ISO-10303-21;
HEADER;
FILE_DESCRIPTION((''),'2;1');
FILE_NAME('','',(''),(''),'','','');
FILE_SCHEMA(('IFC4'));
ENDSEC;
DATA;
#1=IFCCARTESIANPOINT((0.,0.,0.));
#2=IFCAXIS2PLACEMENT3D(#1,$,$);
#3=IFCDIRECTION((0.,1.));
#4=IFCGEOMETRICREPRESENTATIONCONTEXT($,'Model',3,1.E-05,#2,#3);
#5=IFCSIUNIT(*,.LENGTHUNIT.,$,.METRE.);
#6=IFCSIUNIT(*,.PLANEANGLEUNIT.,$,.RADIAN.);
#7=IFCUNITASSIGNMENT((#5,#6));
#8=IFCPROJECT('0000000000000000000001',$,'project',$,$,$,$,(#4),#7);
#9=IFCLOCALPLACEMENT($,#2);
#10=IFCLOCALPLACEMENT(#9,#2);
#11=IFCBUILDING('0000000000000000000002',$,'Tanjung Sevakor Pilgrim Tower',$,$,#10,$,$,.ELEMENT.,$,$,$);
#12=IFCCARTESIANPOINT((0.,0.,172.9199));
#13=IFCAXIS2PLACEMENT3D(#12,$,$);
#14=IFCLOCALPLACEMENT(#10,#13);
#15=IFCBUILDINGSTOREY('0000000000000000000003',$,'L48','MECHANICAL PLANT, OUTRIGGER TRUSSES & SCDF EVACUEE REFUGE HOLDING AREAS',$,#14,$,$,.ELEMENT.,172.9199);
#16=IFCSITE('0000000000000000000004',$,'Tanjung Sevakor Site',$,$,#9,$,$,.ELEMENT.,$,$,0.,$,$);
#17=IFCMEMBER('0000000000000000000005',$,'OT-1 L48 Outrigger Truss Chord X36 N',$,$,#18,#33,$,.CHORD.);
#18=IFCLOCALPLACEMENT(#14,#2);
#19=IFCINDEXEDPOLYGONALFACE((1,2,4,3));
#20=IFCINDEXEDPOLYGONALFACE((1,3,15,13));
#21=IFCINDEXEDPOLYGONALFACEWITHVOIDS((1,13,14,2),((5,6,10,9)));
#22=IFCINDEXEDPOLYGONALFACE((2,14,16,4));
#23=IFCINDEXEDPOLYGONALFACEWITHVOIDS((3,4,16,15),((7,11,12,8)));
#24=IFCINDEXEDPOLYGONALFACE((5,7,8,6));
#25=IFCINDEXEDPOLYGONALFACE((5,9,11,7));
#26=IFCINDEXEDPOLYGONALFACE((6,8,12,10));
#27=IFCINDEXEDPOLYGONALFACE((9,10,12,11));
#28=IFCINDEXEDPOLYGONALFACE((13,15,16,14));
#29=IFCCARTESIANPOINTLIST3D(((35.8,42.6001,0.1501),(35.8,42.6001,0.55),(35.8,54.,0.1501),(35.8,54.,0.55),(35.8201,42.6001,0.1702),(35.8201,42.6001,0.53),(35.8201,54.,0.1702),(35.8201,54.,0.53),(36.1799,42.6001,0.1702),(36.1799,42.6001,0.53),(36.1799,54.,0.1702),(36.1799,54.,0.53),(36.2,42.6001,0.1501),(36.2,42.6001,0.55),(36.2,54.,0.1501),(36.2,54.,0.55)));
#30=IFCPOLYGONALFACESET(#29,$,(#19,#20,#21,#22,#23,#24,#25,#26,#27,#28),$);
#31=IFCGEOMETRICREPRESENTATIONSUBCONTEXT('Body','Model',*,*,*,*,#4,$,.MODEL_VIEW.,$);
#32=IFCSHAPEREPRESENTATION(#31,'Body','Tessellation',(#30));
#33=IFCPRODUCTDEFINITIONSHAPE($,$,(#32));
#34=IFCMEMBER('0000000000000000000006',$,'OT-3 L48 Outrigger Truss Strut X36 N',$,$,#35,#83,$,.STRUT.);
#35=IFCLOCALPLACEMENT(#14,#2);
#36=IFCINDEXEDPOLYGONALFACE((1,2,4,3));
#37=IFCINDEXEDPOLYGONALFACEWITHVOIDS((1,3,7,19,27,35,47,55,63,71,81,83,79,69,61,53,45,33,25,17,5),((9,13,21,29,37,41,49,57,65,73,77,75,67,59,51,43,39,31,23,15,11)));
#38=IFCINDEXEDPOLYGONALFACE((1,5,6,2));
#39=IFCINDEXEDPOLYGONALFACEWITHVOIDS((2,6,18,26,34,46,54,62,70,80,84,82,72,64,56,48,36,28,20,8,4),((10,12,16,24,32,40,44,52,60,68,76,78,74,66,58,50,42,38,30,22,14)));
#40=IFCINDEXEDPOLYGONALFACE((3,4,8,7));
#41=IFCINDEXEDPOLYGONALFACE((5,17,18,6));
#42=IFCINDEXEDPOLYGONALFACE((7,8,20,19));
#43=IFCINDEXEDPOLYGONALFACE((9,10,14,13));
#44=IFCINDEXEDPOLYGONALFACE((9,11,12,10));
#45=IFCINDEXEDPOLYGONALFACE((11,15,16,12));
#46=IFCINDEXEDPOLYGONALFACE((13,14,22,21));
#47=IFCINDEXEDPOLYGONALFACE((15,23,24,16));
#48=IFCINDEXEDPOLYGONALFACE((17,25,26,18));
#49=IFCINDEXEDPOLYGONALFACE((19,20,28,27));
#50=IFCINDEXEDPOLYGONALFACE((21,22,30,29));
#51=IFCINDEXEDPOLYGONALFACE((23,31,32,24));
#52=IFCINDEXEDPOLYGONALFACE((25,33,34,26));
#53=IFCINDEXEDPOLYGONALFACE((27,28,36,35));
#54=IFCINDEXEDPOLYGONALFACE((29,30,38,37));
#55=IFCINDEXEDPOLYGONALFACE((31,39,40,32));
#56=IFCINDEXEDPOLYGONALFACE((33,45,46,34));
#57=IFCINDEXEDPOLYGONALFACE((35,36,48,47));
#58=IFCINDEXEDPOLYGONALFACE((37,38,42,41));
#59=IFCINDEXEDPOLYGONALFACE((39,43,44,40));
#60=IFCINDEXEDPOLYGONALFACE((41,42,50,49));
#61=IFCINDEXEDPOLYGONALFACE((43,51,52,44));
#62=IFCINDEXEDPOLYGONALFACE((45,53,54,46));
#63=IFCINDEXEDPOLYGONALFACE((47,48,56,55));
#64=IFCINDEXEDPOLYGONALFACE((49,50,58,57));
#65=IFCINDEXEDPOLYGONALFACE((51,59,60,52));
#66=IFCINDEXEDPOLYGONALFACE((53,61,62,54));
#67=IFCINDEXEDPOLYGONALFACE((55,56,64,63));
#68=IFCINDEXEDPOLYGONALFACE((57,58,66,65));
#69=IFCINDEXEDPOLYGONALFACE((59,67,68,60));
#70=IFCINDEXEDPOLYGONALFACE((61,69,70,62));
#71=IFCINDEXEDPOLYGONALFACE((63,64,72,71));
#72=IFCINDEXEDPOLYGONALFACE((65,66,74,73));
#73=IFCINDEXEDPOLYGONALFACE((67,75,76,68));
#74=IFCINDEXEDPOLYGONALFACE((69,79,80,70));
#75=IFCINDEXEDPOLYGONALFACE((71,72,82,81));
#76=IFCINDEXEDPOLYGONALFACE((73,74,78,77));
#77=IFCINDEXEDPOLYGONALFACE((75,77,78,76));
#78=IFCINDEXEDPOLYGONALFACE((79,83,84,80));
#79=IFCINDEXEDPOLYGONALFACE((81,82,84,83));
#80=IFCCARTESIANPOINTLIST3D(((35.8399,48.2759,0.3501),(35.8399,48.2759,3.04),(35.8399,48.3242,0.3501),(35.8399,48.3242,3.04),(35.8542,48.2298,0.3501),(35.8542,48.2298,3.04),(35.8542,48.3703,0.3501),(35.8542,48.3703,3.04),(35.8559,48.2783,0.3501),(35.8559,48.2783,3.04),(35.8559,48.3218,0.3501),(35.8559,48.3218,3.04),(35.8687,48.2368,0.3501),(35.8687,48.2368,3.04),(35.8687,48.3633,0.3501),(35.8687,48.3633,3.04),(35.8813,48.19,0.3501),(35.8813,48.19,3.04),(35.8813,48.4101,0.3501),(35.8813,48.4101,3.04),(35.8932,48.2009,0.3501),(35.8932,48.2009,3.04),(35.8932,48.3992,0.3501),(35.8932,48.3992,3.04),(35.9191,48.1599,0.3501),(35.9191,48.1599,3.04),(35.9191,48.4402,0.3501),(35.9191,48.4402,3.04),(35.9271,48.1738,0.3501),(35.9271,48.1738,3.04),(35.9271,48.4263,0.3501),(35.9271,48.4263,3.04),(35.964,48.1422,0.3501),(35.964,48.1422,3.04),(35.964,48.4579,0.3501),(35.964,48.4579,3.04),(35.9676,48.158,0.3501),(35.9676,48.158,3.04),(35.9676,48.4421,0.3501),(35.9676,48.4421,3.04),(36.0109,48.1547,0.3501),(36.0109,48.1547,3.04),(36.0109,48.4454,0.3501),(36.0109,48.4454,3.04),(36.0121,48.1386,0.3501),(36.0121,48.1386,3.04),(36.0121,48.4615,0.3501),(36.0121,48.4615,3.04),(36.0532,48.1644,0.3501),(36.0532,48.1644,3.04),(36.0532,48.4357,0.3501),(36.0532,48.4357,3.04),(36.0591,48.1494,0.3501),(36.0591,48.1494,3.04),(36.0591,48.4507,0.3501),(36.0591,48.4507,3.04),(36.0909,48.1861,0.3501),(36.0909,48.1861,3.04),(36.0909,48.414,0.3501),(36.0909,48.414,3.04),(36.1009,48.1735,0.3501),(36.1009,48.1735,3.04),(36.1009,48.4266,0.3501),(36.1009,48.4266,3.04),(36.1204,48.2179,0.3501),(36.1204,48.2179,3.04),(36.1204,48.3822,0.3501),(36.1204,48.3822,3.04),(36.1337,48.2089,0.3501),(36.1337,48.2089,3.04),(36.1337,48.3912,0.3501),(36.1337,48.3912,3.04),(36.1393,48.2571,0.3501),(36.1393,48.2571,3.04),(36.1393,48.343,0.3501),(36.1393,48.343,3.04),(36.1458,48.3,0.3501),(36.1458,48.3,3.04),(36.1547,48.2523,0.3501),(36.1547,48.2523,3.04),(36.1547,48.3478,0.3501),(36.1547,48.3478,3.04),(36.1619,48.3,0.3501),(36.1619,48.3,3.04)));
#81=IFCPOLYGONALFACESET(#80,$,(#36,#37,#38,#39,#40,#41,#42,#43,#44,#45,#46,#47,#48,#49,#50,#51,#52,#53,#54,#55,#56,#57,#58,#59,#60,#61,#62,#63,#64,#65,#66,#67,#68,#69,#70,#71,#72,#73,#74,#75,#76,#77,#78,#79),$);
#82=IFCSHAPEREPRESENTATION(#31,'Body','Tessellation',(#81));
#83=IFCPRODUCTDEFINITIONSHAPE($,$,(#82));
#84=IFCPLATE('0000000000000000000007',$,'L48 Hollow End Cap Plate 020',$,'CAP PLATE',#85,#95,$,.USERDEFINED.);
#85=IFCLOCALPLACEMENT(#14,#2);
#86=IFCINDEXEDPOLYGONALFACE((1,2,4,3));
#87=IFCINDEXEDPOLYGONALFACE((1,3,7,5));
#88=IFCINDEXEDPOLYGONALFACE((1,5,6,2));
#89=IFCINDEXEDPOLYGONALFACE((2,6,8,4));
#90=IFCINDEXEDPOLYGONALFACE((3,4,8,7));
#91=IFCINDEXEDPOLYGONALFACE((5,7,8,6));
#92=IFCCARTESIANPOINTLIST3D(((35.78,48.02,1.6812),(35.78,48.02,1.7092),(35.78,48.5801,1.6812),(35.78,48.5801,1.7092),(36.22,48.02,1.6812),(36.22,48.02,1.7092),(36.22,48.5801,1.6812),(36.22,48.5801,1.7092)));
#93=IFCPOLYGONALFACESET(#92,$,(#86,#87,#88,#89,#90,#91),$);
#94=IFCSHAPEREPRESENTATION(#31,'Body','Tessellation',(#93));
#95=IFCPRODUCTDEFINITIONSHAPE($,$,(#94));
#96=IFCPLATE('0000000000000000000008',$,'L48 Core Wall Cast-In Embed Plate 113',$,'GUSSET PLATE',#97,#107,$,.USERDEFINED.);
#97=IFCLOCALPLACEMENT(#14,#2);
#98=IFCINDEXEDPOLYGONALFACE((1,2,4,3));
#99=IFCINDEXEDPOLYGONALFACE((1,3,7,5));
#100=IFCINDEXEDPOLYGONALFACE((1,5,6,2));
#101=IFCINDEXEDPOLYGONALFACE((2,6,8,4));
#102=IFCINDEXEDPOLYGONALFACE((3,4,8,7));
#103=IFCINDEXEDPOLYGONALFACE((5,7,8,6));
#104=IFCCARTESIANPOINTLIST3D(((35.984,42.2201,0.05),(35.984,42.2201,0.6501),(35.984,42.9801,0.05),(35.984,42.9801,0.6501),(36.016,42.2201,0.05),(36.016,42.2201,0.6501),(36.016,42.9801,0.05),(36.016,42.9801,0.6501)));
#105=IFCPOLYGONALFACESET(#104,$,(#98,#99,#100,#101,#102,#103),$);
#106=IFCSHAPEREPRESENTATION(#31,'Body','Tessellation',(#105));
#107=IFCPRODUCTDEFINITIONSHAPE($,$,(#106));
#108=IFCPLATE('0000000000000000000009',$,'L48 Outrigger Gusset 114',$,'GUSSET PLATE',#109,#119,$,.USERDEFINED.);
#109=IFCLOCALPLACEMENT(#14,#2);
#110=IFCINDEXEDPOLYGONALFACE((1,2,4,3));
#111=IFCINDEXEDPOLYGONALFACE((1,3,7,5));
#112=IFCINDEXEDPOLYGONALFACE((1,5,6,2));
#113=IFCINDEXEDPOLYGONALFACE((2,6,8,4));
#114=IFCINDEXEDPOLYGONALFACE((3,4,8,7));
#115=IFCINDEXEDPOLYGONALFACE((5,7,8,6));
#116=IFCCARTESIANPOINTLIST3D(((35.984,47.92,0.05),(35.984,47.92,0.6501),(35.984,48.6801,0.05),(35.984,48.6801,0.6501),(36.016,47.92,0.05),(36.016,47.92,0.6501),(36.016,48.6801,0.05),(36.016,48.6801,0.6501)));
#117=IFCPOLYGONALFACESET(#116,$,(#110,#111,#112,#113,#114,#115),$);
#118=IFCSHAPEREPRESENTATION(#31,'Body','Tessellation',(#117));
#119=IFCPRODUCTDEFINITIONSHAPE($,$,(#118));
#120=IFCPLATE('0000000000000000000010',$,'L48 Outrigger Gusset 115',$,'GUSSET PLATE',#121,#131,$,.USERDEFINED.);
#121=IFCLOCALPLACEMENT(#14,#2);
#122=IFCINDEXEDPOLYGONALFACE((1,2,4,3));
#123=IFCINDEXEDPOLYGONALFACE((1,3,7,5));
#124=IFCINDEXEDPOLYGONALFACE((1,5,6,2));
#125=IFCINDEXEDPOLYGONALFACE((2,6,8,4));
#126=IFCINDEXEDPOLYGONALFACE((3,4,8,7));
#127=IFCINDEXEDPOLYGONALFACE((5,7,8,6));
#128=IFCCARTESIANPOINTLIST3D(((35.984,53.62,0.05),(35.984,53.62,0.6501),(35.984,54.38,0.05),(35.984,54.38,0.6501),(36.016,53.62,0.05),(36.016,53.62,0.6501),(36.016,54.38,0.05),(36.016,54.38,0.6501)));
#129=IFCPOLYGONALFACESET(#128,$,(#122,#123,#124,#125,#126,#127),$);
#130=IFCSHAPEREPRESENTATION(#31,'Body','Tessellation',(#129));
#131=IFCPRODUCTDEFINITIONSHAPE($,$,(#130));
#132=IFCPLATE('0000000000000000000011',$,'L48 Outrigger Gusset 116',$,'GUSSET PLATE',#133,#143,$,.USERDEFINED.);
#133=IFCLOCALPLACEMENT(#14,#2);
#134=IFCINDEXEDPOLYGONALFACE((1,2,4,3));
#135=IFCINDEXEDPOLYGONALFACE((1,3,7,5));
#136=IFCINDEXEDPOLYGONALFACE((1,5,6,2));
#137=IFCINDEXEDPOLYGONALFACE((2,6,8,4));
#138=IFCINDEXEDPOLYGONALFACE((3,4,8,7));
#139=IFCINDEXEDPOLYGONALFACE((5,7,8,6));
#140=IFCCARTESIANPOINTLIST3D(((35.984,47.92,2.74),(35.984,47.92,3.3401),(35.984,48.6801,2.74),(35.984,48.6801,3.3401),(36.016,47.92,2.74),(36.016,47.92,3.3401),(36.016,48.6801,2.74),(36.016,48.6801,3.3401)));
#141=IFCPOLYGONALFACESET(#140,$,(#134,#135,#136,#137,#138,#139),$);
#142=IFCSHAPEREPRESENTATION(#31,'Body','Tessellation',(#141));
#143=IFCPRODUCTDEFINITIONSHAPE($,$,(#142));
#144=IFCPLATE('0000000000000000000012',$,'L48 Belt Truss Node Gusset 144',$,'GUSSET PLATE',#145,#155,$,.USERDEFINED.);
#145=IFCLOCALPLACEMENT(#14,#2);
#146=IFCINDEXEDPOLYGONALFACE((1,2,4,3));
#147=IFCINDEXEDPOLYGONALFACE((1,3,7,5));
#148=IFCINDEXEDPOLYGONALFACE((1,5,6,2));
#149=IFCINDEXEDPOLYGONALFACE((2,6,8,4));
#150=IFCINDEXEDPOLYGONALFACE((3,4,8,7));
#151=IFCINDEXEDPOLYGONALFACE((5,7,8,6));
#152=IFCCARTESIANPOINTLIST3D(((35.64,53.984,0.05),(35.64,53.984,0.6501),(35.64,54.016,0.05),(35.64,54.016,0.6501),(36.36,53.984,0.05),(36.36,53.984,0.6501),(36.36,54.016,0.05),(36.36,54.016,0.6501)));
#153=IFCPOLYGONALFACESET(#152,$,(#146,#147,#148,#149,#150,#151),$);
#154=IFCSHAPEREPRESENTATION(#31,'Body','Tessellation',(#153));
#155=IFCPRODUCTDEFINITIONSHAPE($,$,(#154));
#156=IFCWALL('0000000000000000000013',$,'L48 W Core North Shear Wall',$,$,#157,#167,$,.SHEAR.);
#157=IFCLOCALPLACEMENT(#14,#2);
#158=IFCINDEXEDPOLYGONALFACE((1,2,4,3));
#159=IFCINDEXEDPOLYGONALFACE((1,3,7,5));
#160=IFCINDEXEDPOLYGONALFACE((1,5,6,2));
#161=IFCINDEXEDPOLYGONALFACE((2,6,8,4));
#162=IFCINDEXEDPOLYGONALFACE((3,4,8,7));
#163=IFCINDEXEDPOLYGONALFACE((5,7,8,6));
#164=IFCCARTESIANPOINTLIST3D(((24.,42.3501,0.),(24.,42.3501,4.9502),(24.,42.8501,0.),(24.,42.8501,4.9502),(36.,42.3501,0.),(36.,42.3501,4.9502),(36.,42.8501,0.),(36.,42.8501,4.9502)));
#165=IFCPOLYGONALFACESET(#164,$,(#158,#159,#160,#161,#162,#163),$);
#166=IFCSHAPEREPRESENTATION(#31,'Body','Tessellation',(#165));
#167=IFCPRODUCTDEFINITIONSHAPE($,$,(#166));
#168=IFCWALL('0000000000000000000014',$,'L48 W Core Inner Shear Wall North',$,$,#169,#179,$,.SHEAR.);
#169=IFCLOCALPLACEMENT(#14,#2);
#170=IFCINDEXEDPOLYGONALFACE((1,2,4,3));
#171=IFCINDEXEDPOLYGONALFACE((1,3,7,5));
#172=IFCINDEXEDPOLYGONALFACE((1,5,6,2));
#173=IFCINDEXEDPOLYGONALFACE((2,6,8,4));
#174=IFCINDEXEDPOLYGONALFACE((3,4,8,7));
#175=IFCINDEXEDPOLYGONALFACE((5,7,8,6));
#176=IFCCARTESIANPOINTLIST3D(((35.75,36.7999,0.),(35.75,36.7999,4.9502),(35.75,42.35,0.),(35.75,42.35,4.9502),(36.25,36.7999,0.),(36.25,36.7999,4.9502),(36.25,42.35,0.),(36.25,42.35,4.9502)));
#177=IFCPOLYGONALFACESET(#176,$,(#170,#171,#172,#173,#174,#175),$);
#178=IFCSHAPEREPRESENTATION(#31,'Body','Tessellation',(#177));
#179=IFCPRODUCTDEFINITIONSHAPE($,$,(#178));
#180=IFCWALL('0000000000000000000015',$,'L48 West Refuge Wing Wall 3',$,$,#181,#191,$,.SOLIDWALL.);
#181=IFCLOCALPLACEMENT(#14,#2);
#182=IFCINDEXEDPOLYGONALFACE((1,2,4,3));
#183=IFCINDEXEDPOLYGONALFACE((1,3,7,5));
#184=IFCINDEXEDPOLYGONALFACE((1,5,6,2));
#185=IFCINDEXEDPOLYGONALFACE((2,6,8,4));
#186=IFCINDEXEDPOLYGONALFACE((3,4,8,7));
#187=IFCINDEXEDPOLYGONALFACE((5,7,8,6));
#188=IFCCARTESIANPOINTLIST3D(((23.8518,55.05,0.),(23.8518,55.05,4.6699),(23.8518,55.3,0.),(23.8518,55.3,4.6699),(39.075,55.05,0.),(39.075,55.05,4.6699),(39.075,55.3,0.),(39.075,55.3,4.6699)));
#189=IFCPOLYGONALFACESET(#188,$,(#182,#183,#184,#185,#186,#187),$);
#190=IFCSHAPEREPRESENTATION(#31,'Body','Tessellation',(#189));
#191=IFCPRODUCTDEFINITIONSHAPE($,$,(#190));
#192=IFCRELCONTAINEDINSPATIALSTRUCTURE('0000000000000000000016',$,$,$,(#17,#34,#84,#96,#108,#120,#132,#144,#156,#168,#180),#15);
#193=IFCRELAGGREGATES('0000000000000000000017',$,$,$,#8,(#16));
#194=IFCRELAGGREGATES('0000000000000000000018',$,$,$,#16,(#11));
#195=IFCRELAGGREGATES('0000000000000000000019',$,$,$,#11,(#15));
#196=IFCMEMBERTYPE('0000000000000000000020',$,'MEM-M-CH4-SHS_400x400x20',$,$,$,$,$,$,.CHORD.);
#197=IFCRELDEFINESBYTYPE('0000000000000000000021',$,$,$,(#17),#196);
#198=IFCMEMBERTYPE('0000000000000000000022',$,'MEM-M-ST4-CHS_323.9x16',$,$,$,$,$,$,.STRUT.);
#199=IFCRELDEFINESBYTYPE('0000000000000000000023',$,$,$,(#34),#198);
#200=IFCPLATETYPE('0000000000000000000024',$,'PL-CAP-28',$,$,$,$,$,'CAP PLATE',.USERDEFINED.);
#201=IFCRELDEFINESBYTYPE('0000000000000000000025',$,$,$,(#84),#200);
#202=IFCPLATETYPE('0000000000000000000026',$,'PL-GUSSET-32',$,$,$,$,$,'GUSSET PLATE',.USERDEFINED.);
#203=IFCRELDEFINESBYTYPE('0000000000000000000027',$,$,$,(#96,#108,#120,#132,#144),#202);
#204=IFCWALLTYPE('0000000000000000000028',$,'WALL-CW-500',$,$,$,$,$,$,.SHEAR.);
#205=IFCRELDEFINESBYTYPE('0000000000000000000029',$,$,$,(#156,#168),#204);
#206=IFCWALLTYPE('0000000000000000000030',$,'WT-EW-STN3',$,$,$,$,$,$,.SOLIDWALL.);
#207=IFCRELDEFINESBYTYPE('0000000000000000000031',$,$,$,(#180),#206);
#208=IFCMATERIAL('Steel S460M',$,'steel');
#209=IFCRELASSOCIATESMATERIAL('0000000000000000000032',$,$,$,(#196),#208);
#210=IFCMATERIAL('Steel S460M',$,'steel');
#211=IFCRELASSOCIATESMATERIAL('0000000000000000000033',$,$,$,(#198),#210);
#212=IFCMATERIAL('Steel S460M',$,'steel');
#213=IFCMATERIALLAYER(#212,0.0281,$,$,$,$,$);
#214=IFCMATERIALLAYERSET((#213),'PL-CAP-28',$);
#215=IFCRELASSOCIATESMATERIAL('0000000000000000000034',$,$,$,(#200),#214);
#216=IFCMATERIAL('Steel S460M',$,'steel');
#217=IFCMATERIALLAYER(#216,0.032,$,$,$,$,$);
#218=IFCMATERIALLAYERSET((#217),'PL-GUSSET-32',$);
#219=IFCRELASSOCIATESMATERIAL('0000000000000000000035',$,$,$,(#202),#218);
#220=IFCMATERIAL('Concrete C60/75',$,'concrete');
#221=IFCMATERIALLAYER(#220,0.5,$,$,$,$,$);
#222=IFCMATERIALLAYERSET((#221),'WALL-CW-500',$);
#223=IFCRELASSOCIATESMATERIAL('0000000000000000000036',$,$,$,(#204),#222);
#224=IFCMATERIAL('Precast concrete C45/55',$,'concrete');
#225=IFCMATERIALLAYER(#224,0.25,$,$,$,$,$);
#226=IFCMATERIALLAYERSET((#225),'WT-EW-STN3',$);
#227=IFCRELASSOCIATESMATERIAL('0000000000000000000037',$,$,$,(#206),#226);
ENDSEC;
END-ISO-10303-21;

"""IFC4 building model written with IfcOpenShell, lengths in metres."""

from ifc_helpers import new_model, si_unit, direction, frame, frame_2d, origin, origin_2d, place, context, subcontext, project, spatial, rectangle, hollow_rectangle, hollow_circle, extrude, material, layer, layer_set, material_profile, profile_set, type_object, element, save


model = new_model("IFC4")

# Units and contexts
model_context = context("Model", 3, precision=1e-05, world=origin(), true_north=direction((0.0, 1.0)))
body_context = subcontext(model_context, "Body", "Model", "MODEL_VIEW")
ifc_project = project(units=[si_unit("LENGTHUNIT", "METRE"), si_unit("PLANEANGLEUNIT", "RADIAN")], contexts=[model_context])

# Site, building, storey
site_placement = place(None, origin())
site = spatial("IfcSite", under=ifc_project, at=site_placement, Name="Tanjung Sevakor Site", CompositionType="ELEMENT", RefElevation=0.0)
building_placement = place(site_placement, origin())
building = spatial("IfcBuilding", under=site, at=building_placement, Name="Tanjung Sevakor Pilgrim Tower", CompositionType="ELEMENT")
storey_placement = place(building_placement, frame((0.0, 0.0, 172.9199)))
storey = spatial("IfcBuildingStorey", under=building, at=storey_placement, Name="L48", Description="MECHANICAL PLANT, OUTRIGGER TRUSSES & SCDF EVACUEE REFUGE HOLDING AREAS", CompositionType="ELEMENT", Elevation=172.9199)

# Members
ifc_material_1 = material(Name="Steel S460M", Category="steel")
ifc_material_profile_1 = material_profile(ifc_material_1, hollow_rectangle(XDim=0.3999, YDim=0.3999, WallThickness=0.02, at=origin_2d()))
ifc_profile_set_1 = profile_set([ifc_material_profile_1], Name="Steel S460M")
member_type_1 = type_object("IfcMemberType", Name="MEM-M-CH4-SHS_400x400x20", PredefinedType="CHORD", material=ifc_profile_set_1)
member_1_placement = place(storey_placement, frame((36.0, 42.6001, 0.3501), z_axis=(0.0, 1.0, 0.0), x_axis=(-1.0, 0.0, 0.0)))
element("IfcMember", 1, at=member_1_placement, inside=storey, type_object=member_type_1, Name="OT-1 L48 Outrigger Truss Chord X36 N", PredefinedType="CHORD", context=body_context, shape_type="SweptSolid", body=[
    extrude(hollow_rectangle(XDim=0.3999, YDim=0.3999, WallThickness=0.02, at=origin_2d()), origin(), (0.0, 0.0, 1.0), 11.3999),
])
ifc_material_2 = material(Name="Steel S460M", Category="steel")
ifc_material_profile_2 = material_profile(ifc_material_2, hollow_circle(Radius=0.1619, WallThickness=0.0161, at=origin_2d()))
ifc_profile_set_2 = profile_set([ifc_material_profile_2], Name="Steel S460M")
member_type_2 = type_object("IfcMemberType", Name="MEM-M-ST4-CHS_323.9x16", PredefinedType="STRUT", material=ifc_profile_set_2)
member_2_placement = place(storey_placement, frame((36.0, 48.3, 0.3501), z_axis=(0.0, 0.0, 1.0), x_axis=(1.0, 0.0, 0.0)))
element("IfcMember", 2, at=member_2_placement, inside=storey, type_object=member_type_2, Name="OT-3 L48 Outrigger Truss Strut X36 N", PredefinedType="STRUT", context=body_context, shape_type="SweptSolid", body=[
    extrude(hollow_circle(Radius=0.1619, WallThickness=0.0161, at=origin_2d()), origin(), (0.0, 0.0, 1.0), 2.6899),
])

# Plates
ifc_material_3 = material(Name="Steel S460M", Category="steel")
ifc_layer_1 = layer(ifc_material_3, 0.0281)
ifc_layer_set_1 = layer_set([ifc_layer_1], Name="PL-CAP-28")
plate_type_1 = type_object("IfcPlateType", Name="PL-CAP-28", ElementType="CAP PLATE", PredefinedType="USERDEFINED", material=ifc_layer_set_1)
plate_1_placement = place(storey_placement, frame((36.0, 48.3, 1.6812), z_axis=(0.0, 0.0, 1.0), x_axis=(1.0, 0.0, 0.0)))
element("IfcPlate", 3, at=plate_1_placement, inside=storey, type_object=plate_type_1, Name="L48 Hollow End Cap Plate 020", ObjectType="CAP PLATE", PredefinedType="USERDEFINED", context=body_context, shape_type="SweptSolid", body=[
    extrude(rectangle(XDim=0.4399, YDim=0.5601, at=origin_2d()), origin(), (0.0, 0.0, 1.0), 0.0281),
])
ifc_material_4 = material(Name="Steel S460M", Category="steel")
ifc_layer_2 = layer(ifc_material_4, 0.032)
ifc_layer_set_2 = layer_set([ifc_layer_2], Name="PL-GUSSET-32")
plate_type_2 = type_object("IfcPlateType", Name="PL-GUSSET-32", ElementType="GUSSET PLATE", PredefinedType="USERDEFINED", material=ifc_layer_set_2)
for number, where, z_axis, x_axis, name in (
    (4, (36.0, 42.6001, 0.05), (0.0, 0.0, 1.0), (1.0, 0.0, 0.0), "L48 Core Wall Cast-In Embed Plate 113"),
    (5, (36.0, 48.3, 0.05), (0.0, 0.0, 1.0), (1.0, 0.0, 0.0), "L48 Outrigger Gusset 114"),
    (6, (36.0, 54.0, 0.05), (0.0, 0.0, 1.0), (1.0, 0.0, 0.0), "L48 Outrigger Gusset 115"),
    (7, (36.0, 48.3, 2.74), (0.0, 0.0, 1.0), (1.0, 0.0, 0.0), "L48 Outrigger Gusset 116"),
):
    element("IfcPlate", number, at=place(storey_placement, frame(where, z_axis=z_axis, x_axis=x_axis)), inside=storey, type_object=plate_type_2, Name=name, ObjectType="GUSSET PLATE", PredefinedType="USERDEFINED", context=body_context, shape_type="SweptSolid", body=[
        extrude(rectangle(XDim=0.032, YDim=0.76, at=origin_2d()), origin(), (0.0, 0.0, 1.0), 0.6001),
    ])
plate_2_placement = place(storey_placement, frame((36.0, 54.0, 0.05), z_axis=(0.0, 0.0, 1.0), x_axis=(1.0, 0.0, 0.0)))
element("IfcPlate", 8, at=plate_2_placement, inside=storey, type_object=plate_type_2, Name="L48 Belt Truss Node Gusset 144", ObjectType="GUSSET PLATE", PredefinedType="USERDEFINED", context=body_context, shape_type="SweptSolid", body=[
    extrude(rectangle(XDim=0.72, YDim=0.032, at=origin_2d()), origin(), (0.0, 0.0, 1.0), 0.6001),
])

# Walls
ifc_material_5 = material(Name="Concrete C60/75", Category="concrete")
ifc_layer_3 = layer(ifc_material_5, 0.5)
ifc_layer_set_3 = layer_set([ifc_layer_3], Name="WALL-CW-500")
wall_type_1 = type_object("IfcWallType", Name="WALL-CW-500", PredefinedType="SHEAR", material=ifc_layer_set_3)
wall_1_placement = place(storey_placement, frame((36.0, 42.6001, 0.0), z_axis=(0.0, 0.0, 1.0), x_axis=(-1.0, 0.0, 0.0)))
element("IfcWall", 9, at=wall_1_placement, inside=storey, type_object=wall_type_1, Name="L48 W Core North Shear Wall", PredefinedType="SHEAR", context=body_context, shape_type="SweptSolid", body=[
    extrude(rectangle(XDim=12.0, YDim=0.5, at=frame_2d((6.0, 0.0))), origin(), (0.0, 0.0, 1.0), 4.9502),
])
wall_2_placement = place(storey_placement, frame((36.0, 36.8, 0.0), z_axis=(0.0, 0.0, 1.0), x_axis=(0.0, 1.0, 0.0)))
element("IfcWall", 10, at=wall_2_placement, inside=storey, type_object=wall_type_1, Name="L48 W Core Inner Shear Wall North", PredefinedType="SHEAR", context=body_context, shape_type="SweptSolid", body=[
    extrude(rectangle(XDim=5.55, YDim=0.5, at=frame_2d((2.7749, 0.0))), origin(), (0.0, 0.0, 1.0), 4.9502),
])
ifc_material_6 = material(Name="Precast concrete C45/55", Category="concrete")
ifc_layer_4 = layer(ifc_material_6, 0.25)
ifc_layer_set_4 = layer_set([ifc_layer_4], Name="WT-EW-STN3")
wall_type_2 = type_object("IfcWallType", Name="WT-EW-STN3", PredefinedType="SOLIDWALL", material=ifc_layer_set_4)
wall_3_placement = place(storey_placement, frame((39.075, 55.175, 0.0), z_axis=(0.0, 0.0, 1.0), x_axis=(-1.0, 0.0, 0.0)))
element("IfcWall", 11, at=wall_3_placement, inside=storey, type_object=wall_type_2, Name="L48 West Refuge Wing Wall 3", PredefinedType="SOLIDWALL", context=body_context, shape_type="SweptSolid", body=[
    extrude(rectangle(XDim=15.2231, YDim=0.25, at=frame_2d((7.6116, 0.0))), origin(), (0.0, 0.0, 1.0), 4.6699),
])

save(model, "model.ifc")
